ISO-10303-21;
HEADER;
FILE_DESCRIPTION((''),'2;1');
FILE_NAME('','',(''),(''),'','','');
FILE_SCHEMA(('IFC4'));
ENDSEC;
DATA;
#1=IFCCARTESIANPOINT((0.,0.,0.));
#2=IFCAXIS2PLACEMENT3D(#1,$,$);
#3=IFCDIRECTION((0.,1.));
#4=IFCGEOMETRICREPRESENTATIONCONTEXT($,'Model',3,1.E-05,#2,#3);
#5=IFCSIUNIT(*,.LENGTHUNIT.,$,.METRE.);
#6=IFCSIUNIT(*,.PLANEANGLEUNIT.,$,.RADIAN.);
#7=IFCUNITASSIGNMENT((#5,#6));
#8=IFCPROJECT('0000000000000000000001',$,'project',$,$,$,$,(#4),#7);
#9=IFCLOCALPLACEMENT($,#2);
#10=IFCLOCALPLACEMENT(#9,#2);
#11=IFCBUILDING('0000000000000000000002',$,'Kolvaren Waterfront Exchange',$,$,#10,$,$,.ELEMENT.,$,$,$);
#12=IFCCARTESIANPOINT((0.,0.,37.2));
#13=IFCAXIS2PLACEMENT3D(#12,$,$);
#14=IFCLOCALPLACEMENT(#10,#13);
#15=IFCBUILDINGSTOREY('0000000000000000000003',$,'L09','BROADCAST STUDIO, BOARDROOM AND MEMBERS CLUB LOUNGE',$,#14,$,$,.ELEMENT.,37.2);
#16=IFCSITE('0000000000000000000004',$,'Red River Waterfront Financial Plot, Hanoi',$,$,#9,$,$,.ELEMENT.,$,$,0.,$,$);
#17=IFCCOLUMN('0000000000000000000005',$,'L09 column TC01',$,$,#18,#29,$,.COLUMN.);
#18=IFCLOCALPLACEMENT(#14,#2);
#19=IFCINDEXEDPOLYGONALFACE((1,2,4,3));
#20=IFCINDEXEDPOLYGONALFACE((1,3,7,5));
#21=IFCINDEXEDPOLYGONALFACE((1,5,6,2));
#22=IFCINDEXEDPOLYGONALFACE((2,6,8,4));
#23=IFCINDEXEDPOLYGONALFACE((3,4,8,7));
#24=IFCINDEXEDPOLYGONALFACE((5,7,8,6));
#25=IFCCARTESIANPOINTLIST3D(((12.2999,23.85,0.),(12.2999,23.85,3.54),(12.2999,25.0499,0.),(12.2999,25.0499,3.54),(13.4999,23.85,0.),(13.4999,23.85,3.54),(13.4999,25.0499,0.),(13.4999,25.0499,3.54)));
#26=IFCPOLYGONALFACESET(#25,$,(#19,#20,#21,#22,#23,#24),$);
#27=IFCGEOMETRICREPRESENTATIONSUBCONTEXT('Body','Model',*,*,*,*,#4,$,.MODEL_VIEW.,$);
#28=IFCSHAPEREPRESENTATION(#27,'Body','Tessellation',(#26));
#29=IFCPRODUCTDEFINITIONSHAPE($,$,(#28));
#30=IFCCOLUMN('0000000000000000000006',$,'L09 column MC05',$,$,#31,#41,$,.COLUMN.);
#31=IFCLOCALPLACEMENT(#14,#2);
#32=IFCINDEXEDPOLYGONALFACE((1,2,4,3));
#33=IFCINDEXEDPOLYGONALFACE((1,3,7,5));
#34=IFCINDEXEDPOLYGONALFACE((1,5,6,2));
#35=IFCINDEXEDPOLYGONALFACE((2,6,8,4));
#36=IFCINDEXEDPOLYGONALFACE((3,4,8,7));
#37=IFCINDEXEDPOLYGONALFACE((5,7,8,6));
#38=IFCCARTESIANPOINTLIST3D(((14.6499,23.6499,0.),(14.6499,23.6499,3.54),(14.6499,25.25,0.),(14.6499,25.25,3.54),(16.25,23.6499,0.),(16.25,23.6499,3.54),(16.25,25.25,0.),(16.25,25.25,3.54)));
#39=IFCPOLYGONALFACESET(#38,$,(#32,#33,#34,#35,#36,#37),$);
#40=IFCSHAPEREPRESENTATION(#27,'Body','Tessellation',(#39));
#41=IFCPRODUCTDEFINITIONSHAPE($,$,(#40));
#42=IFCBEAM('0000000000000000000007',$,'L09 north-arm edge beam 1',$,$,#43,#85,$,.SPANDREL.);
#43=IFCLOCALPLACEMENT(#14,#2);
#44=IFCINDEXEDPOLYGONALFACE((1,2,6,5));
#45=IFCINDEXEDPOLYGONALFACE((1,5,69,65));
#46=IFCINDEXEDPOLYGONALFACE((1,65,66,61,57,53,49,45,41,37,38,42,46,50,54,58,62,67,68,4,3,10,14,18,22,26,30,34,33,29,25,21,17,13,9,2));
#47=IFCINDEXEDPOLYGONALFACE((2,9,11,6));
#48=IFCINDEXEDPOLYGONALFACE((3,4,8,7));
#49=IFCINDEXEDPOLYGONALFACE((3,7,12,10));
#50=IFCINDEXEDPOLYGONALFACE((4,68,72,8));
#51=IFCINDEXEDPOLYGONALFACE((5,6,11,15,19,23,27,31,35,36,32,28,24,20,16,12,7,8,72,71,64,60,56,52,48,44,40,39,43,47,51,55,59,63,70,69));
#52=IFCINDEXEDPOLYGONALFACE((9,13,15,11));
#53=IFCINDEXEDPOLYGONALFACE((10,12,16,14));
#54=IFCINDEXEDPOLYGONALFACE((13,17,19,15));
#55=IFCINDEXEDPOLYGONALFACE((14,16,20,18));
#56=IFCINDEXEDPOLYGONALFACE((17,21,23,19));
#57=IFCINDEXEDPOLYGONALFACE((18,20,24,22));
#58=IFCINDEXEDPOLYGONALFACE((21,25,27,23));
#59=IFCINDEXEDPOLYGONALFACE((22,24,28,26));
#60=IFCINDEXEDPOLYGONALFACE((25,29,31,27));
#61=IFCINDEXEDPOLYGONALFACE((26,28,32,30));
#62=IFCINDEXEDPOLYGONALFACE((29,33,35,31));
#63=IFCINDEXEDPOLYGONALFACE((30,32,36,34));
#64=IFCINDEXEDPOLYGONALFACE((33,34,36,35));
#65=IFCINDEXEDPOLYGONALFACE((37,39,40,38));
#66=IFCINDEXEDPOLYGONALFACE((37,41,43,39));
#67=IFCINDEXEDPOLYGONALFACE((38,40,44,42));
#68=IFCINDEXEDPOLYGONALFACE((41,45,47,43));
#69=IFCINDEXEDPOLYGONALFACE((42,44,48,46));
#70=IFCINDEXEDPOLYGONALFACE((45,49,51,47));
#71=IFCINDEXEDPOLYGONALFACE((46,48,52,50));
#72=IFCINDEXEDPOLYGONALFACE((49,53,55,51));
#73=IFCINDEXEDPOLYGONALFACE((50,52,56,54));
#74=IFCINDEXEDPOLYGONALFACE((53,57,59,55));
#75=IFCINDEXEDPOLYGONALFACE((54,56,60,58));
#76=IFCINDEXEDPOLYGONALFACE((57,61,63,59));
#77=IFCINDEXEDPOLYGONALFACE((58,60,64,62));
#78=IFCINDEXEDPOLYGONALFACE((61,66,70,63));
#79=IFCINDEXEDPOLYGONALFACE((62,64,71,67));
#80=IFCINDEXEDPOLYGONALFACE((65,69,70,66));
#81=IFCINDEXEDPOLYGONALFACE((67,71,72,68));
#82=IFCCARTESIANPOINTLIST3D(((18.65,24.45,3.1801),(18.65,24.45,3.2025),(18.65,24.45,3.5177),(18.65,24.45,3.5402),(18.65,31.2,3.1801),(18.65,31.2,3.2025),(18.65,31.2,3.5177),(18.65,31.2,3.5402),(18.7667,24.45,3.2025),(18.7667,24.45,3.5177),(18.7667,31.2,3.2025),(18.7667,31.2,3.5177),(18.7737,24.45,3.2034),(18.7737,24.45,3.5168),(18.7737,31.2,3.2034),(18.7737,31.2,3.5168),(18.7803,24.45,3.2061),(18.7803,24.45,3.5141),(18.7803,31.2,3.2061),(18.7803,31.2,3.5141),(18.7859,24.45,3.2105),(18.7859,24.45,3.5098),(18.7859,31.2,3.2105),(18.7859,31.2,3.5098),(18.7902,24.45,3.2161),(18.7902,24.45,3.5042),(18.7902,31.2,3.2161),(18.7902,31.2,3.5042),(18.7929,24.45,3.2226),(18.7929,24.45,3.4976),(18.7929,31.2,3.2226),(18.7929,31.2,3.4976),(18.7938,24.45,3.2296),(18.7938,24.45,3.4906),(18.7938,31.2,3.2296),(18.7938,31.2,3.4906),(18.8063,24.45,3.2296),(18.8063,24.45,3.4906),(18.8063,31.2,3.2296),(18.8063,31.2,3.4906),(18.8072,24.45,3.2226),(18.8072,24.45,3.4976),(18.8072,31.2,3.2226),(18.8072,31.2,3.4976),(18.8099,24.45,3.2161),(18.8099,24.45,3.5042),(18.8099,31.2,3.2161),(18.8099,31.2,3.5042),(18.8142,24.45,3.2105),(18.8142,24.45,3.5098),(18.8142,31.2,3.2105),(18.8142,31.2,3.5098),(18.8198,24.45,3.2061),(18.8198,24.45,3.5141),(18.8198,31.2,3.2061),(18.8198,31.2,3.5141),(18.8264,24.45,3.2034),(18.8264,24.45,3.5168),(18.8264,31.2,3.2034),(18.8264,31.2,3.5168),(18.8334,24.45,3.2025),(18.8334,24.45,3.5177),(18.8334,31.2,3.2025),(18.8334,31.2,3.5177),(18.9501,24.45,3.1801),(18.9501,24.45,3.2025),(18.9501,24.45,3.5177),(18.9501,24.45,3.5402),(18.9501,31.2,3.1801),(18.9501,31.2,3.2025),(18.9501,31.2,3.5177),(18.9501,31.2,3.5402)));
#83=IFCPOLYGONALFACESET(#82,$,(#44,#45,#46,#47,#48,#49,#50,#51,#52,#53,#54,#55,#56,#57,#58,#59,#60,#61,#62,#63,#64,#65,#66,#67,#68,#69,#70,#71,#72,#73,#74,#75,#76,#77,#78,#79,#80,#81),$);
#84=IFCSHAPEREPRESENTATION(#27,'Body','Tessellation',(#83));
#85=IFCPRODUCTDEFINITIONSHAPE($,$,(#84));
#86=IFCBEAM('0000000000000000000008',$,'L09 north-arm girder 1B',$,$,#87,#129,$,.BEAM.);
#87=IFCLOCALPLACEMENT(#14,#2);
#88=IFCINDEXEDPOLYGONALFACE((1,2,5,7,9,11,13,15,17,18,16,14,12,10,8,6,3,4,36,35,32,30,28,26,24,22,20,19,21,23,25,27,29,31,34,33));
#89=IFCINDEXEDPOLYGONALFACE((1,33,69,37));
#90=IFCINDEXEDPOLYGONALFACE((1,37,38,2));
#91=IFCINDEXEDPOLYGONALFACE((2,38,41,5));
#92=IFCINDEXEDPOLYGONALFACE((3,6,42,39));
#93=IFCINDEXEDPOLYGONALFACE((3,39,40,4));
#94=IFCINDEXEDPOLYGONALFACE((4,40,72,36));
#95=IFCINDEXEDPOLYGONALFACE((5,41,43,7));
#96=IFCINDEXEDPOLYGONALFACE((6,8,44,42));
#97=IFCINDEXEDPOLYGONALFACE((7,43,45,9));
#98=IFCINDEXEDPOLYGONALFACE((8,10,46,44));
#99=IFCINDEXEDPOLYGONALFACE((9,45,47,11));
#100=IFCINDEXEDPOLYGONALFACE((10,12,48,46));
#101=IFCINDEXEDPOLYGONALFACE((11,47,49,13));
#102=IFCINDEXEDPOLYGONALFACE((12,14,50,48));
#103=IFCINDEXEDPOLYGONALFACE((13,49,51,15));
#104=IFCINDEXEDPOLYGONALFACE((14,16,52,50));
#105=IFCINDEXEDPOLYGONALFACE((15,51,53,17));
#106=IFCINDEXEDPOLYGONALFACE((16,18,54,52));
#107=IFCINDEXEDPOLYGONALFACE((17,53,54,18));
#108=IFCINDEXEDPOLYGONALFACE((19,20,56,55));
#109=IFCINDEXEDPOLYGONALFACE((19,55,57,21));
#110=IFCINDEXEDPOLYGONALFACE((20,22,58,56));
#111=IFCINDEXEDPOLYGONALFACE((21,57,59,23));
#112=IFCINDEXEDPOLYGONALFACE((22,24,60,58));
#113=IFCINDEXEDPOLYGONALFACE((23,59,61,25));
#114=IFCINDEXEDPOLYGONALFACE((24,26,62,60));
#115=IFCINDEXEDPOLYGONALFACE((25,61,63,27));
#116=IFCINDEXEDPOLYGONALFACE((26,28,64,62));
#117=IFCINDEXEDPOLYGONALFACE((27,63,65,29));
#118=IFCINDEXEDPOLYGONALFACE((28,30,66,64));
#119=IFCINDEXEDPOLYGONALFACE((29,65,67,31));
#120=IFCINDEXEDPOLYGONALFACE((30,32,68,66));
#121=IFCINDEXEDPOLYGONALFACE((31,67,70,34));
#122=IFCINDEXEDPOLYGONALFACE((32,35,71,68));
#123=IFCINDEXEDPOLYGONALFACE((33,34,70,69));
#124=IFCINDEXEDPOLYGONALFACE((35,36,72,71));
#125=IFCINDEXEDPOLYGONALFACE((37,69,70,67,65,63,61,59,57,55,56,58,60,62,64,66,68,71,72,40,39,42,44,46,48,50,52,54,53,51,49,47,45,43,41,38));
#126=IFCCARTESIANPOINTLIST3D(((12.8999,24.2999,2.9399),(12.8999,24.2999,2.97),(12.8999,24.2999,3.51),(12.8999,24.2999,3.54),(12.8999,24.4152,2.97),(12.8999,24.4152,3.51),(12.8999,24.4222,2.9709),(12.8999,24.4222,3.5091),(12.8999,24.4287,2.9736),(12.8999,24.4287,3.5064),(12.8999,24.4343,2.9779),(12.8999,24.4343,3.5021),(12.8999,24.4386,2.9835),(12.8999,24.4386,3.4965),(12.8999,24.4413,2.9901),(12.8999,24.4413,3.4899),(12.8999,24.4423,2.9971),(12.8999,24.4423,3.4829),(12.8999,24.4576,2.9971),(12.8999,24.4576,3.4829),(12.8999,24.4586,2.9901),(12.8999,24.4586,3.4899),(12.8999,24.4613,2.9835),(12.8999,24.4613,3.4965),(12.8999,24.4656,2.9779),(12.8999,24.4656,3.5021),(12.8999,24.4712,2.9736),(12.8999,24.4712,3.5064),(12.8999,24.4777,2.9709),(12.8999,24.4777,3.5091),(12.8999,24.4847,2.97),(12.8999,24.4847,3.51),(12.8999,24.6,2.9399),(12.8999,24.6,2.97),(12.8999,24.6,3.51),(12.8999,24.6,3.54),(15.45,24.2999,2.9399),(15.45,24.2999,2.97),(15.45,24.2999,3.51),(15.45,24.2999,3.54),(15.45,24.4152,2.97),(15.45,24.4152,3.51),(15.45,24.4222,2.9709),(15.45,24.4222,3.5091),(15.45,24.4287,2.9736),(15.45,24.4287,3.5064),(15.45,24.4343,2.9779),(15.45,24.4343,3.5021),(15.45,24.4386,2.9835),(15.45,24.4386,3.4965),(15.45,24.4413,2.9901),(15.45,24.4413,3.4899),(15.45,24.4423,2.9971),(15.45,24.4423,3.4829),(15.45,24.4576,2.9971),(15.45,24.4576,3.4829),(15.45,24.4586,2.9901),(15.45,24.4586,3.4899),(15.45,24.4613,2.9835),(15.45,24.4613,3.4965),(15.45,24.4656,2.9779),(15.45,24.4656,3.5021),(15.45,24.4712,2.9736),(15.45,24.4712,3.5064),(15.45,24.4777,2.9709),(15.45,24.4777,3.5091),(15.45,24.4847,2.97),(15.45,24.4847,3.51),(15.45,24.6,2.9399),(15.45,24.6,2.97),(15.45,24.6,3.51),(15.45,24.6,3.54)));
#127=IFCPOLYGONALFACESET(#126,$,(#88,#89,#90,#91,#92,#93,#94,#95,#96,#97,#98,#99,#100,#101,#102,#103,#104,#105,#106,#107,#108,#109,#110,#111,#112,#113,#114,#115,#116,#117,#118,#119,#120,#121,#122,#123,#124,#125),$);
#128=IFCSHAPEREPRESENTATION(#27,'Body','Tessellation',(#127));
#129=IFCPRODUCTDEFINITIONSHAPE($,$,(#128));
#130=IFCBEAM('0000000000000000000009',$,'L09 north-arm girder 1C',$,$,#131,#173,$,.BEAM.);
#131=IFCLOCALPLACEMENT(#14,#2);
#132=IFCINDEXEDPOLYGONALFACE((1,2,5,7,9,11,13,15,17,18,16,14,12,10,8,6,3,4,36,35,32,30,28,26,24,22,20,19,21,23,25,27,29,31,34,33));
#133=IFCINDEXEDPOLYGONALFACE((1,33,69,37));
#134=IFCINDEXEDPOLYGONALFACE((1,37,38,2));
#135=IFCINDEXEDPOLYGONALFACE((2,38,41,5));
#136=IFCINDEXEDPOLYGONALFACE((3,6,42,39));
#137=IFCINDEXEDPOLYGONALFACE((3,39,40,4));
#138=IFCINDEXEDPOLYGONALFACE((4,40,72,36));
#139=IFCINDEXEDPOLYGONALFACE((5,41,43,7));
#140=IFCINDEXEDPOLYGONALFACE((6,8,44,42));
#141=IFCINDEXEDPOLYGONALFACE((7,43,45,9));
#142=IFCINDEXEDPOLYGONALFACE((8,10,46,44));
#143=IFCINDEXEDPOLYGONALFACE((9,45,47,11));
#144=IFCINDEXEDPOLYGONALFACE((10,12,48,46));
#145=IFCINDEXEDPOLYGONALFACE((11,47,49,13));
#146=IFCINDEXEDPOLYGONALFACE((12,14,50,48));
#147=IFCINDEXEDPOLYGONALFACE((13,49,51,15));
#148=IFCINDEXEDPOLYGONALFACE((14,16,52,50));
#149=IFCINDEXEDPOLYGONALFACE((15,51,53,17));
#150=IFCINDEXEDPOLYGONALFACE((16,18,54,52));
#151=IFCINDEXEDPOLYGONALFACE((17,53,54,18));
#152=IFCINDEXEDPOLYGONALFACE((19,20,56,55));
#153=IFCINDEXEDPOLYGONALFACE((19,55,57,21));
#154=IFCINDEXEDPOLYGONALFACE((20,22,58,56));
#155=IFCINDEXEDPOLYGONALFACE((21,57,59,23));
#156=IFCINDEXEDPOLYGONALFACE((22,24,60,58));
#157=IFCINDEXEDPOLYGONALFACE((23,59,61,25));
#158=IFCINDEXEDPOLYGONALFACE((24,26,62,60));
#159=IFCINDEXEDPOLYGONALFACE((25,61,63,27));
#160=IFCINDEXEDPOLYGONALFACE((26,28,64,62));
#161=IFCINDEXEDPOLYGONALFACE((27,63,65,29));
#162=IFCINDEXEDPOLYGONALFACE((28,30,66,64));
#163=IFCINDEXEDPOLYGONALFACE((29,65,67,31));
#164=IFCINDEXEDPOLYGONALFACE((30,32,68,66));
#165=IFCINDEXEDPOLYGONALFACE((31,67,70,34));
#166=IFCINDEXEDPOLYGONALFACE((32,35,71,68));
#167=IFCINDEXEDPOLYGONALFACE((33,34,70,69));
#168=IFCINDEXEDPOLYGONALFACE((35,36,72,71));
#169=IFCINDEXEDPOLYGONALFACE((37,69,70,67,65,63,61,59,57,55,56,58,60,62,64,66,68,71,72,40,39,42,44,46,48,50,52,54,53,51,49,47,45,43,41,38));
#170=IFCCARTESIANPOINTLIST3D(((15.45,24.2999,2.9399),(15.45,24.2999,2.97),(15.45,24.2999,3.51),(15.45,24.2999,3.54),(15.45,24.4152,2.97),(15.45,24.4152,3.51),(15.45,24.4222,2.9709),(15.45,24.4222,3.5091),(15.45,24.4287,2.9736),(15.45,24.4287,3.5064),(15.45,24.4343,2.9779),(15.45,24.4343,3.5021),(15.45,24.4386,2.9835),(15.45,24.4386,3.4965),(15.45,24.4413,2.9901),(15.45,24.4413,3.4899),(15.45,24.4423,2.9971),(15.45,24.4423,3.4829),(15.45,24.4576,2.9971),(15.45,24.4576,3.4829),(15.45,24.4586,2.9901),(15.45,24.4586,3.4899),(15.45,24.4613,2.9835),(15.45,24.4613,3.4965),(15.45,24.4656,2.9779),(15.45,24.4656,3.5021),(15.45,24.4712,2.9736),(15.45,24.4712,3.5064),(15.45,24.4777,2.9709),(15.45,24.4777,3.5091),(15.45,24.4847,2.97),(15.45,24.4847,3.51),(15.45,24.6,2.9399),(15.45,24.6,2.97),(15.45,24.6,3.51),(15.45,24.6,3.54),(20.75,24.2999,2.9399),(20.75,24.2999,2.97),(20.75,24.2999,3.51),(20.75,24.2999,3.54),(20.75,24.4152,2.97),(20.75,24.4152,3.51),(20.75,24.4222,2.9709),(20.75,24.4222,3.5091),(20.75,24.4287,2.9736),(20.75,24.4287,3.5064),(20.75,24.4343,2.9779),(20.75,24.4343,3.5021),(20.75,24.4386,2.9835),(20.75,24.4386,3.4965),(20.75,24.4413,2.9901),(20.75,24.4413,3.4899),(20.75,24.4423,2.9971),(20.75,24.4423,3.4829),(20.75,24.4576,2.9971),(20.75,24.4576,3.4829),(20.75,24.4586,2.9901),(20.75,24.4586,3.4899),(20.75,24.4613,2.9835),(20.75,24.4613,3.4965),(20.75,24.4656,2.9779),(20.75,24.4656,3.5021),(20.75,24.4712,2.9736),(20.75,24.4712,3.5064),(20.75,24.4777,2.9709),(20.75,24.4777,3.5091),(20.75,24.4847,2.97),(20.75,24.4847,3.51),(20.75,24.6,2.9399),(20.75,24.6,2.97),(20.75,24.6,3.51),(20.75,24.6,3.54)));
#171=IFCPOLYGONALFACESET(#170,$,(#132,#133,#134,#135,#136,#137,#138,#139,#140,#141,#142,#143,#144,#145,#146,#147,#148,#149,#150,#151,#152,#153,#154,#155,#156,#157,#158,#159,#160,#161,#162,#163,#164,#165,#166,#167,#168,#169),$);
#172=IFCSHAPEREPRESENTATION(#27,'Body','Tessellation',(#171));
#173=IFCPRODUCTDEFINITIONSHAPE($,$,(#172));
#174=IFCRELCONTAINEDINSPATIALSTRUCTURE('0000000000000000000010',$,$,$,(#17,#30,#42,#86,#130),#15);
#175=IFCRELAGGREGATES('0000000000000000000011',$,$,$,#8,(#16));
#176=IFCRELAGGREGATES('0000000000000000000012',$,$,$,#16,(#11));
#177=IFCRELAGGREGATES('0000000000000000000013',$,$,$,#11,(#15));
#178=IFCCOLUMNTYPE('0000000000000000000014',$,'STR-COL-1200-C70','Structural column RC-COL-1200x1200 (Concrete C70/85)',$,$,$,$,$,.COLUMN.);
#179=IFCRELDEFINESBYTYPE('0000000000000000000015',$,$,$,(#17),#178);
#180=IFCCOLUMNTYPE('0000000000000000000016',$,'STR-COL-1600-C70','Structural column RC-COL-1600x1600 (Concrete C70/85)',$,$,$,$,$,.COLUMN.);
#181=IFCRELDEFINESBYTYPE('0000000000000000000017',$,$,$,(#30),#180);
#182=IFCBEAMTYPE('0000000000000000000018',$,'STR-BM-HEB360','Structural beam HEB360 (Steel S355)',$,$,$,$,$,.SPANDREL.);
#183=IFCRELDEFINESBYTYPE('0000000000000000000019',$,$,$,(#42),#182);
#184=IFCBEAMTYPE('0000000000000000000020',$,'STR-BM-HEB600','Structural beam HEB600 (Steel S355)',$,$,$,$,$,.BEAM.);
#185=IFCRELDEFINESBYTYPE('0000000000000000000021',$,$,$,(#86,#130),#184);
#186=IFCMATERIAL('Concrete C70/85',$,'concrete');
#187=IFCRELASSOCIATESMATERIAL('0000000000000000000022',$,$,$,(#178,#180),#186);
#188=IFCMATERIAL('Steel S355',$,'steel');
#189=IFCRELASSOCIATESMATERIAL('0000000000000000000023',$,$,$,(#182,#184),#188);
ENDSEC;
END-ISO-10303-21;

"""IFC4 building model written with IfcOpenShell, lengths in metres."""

from ifc_helpers import new_model, si_unit, direction, frame, origin, origin_2d, place, context, subcontext, project, spatial, rectangle, i_section, extrude, material, material_profile, profile_set, type_object, element, save


model = new_model("IFC4")

# Units and contexts
model_context = context("Model", 3, precision=1e-05, world=origin(), true_north=direction((0.0, 1.0)))
body_context = subcontext(model_context, "Body", "Model", "MODEL_VIEW")
ifc_project = project(units=[si_unit("LENGTHUNIT", "METRE"), si_unit("PLANEANGLEUNIT", "RADIAN")], contexts=[model_context])

# Site, building, storey
site_placement = place(None, origin())
site = spatial("IfcSite", under=ifc_project, at=site_placement, Name="Red River Waterfront Financial Plot, Hanoi", CompositionType="ELEMENT", RefElevation=0.0)
building_placement = place(site_placement, origin())
building = spatial("IfcBuilding", under=site, at=building_placement, Name="Kolvaren Waterfront Exchange", CompositionType="ELEMENT")
storey_placement = place(building_placement, frame((0.0, 0.0, 37.2)))
storey = spatial("IfcBuildingStorey", under=building, at=storey_placement, Name="L09", Description="BROADCAST STUDIO, BOARDROOM AND MEMBERS CLUB LOUNGE", CompositionType="ELEMENT", Elevation=37.2)

# Columns
ifc_material_1 = material(Name="Concrete C70/85", Category="concrete")
ifc_material_profile_1 = material_profile(ifc_material_1, rectangle(XDim=1.2, YDim=1.2, at=origin_2d()), Name="RC-COL-1200x1200")
ifc_profile_set_1 = profile_set([ifc_material_profile_1], Name="Concrete C70/85")
column_type_1 = type_object("IfcColumnType", Name="STR-COL-1200-C70", Description="Structural column RC-COL-1200x1200 (Concrete C70/85)", PredefinedType="COLUMN", material=ifc_profile_set_1)
column_1_placement = place(storey_placement, frame((12.8999, 24.45, 0.0), z_axis=(0.0, 0.0, 1.0), x_axis=(1.0, 0.0, 0.0)))
element("IfcColumn", 1, at=column_1_placement, inside=storey, type_object=column_type_1, Name="L09 column TC01", PredefinedType="COLUMN", context=body_context, shape_type="SweptSolid", body=[
    extrude(rectangle(XDim=1.2, YDim=1.2, at=origin_2d()), origin(), (0.0, 0.0, 1.0), 3.54),
])
ifc_material_profile_2 = material_profile(ifc_material_1, rectangle(XDim=1.6001, YDim=1.6001, at=origin_2d()), Name="RC-COL-1600x1600")
ifc_profile_set_2 = profile_set([ifc_material_profile_2], Name="Concrete C70/85")
column_type_2 = type_object("IfcColumnType", Name="STR-COL-1600-C70", Description="Structural column RC-COL-1600x1600 (Concrete C70/85)", PredefinedType="COLUMN", material=ifc_profile_set_2)
column_2_placement = place(storey_placement, frame((15.45, 24.45, 0.0), z_axis=(0.0, 0.0, 1.0), x_axis=(1.0, 0.0, 0.0)))
element("IfcColumn", 2, at=column_2_placement, inside=storey, type_object=column_type_2, Name="L09 column MC05", PredefinedType="COLUMN", context=body_context, shape_type="SweptSolid", body=[
    extrude(rectangle(XDim=1.6001, YDim=1.6001, at=origin_2d()), origin(), (0.0, 0.0, 1.0), 3.54),
])

# Beams
ifc_material_2 = material(Name="Steel S355", Category="steel")
ifc_material_profile_3 = material_profile(ifc_material_2, i_section(OverallWidth=0.3, OverallDepth=0.3601, WebThickness=0.0125, FlangeThickness=0.0225, FilletRadius=0.0271, at=origin_2d()), Name="HEB360")
ifc_profile_set_3 = profile_set([ifc_material_profile_3], Name="Steel S355")
beam_type_1 = type_object("IfcBeamType", Name="STR-BM-HEB360", Description="Structural beam HEB360 (Steel S355)", PredefinedType="SPANDREL", material=ifc_profile_set_3)
beam_1_placement = place(storey_placement, frame((18.8, 24.45, 3.3601), z_axis=(0.0, 1.0, 0.0), x_axis=(-1.0, 0.0, 0.0)))
element("IfcBeam", 3, at=beam_1_placement, inside=storey, type_object=beam_type_1, Name="L09 north-arm edge beam 1", PredefinedType="SPANDREL", context=body_context, shape_type="SweptSolid", body=[
    extrude(i_section(OverallWidth=0.3, OverallDepth=0.3601, WebThickness=0.0125, FlangeThickness=0.0225, FilletRadius=0.0271, at=origin_2d()), origin(), (0.0, 0.0, 1.0), 6.75),
])
ifc_material_profile_4 = material_profile(ifc_material_2, i_section(OverallWidth=0.3, OverallDepth=0.6001, WebThickness=0.0154, FlangeThickness=0.03, FilletRadius=0.0271, at=origin_2d()), Name="HEB600")
ifc_profile_set_4 = profile_set([ifc_material_profile_4], Name="Steel S355")
beam_type_2 = type_object("IfcBeamType", Name="STR-BM-HEB600", Description="Structural beam HEB600 (Steel S355)", PredefinedType="BEAM", material=ifc_profile_set_4)
beam_2_placement = place(storey_placement, frame((12.8999, 24.45, 3.24), z_axis=(1.0, 0.0, 0.0), x_axis=(0.0, 1.0, 0.0)))
element("IfcBeam", 4, at=beam_2_placement, inside=storey, type_object=beam_type_2, Name="L09 north-arm girder 1B", PredefinedType="BEAM", context=body_context, shape_type="SweptSolid", body=[
    extrude(i_section(OverallWidth=0.3, OverallDepth=0.6001, WebThickness=0.0154, FlangeThickness=0.03, FilletRadius=0.0271, at=origin_2d()), origin(), (0.0, 0.0, 1.0), 2.55),
])
beam_3_placement = place(storey_placement, frame((15.45, 24.45, 3.24), z_axis=(1.0, 0.0, 0.0), x_axis=(0.0, 1.0, 0.0)))
element("IfcBeam", 5, at=beam_3_placement, inside=storey, type_object=beam_type_2, Name="L09 north-arm girder 1C", PredefinedType="BEAM", context=body_context, shape_type="SweptSolid", body=[
    extrude(i_section(OverallWidth=0.3, OverallDepth=0.6001, WebThickness=0.0154, FlangeThickness=0.03, FilletRadius=0.0271, at=origin_2d()), origin(), (0.0, 0.0, 1.0), 5.3),
])

save(model, "model.ifc")
